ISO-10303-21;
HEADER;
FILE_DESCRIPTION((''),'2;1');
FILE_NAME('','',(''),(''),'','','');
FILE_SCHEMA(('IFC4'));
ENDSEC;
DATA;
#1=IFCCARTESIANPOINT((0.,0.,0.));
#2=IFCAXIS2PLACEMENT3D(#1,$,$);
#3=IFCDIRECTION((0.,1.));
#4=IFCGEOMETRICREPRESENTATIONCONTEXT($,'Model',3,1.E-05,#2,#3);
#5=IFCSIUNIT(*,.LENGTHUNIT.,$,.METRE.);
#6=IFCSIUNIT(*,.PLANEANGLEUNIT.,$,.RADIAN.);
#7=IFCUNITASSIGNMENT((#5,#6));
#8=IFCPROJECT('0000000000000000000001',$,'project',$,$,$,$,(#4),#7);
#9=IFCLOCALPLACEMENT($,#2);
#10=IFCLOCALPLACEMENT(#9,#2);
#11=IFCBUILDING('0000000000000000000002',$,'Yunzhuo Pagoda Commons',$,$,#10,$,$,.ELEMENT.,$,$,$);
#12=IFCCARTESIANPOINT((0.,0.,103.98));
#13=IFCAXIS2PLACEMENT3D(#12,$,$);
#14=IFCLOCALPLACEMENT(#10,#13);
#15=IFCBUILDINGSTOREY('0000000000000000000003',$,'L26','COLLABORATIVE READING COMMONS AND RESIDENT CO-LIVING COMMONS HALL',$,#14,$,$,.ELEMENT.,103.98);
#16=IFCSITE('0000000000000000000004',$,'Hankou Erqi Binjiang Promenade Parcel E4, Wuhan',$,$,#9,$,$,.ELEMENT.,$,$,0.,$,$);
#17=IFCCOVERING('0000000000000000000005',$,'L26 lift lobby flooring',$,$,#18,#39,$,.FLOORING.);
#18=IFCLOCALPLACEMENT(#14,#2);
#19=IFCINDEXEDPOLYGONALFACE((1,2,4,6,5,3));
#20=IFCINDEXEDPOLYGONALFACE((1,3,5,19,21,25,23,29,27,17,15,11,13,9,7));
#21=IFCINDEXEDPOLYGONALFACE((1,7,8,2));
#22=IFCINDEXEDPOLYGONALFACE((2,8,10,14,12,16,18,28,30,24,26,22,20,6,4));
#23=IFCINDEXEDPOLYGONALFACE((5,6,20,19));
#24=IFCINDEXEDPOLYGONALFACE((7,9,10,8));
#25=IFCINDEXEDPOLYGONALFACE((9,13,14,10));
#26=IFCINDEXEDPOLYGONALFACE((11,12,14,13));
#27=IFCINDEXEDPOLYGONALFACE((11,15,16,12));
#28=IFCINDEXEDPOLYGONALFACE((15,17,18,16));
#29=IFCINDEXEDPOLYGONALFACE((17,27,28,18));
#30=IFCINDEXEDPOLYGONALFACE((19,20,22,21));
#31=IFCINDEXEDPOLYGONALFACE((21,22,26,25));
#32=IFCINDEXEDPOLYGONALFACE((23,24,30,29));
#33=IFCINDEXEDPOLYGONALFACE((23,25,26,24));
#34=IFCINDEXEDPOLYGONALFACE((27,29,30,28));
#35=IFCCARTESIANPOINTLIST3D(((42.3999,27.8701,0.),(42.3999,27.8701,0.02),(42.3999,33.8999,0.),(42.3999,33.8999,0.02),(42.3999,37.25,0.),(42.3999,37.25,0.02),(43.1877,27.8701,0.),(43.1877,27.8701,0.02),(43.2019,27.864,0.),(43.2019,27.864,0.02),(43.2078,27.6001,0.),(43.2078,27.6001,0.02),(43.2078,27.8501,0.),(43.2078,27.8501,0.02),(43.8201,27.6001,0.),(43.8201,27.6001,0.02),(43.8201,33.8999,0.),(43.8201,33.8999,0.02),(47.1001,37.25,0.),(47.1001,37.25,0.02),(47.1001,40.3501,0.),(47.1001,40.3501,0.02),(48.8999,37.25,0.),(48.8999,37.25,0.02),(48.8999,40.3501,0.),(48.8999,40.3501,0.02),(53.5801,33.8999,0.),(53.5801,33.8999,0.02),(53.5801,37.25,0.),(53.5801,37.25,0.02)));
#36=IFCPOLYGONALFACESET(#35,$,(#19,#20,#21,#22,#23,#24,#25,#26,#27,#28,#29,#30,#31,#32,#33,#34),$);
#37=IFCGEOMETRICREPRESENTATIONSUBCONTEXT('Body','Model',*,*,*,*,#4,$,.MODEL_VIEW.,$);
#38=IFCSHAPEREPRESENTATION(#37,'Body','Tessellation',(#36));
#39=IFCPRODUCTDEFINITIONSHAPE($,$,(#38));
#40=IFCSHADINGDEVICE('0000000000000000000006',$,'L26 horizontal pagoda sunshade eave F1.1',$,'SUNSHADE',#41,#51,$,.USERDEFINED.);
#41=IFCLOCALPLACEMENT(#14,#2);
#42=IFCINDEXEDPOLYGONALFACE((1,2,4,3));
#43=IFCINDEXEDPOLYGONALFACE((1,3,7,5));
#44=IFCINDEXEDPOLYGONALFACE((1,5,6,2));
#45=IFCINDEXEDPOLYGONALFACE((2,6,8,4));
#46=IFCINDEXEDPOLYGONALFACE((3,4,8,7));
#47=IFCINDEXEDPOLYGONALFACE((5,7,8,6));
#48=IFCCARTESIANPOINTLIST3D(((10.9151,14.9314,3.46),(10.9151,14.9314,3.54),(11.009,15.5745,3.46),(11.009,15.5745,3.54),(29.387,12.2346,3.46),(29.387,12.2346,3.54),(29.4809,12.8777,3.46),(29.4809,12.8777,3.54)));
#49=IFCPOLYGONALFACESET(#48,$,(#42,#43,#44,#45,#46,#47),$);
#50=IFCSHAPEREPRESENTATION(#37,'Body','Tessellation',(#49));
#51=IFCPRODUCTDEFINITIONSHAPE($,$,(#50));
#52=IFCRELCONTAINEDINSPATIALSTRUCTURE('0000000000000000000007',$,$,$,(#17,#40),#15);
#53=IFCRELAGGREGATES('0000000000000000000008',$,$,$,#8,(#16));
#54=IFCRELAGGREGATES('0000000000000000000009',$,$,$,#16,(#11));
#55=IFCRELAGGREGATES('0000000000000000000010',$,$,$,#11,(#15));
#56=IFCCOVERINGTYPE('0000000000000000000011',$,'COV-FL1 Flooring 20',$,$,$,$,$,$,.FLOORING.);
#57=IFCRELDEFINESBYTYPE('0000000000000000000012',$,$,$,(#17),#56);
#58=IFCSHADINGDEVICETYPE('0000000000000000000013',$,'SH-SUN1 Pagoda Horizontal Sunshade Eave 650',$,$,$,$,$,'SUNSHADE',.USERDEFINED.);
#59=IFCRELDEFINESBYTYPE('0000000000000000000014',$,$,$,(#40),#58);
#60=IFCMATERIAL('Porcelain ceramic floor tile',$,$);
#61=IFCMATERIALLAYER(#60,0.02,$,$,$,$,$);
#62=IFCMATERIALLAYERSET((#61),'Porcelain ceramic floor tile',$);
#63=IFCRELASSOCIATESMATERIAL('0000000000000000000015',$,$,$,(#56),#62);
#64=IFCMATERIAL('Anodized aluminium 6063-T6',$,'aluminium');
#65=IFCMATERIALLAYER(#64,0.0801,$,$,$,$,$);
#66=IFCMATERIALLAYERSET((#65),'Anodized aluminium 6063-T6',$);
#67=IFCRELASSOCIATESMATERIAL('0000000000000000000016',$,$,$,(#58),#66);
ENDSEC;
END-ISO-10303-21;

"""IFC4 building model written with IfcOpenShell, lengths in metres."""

from ifc_helpers import new_model, si_unit, direction, frame, origin, origin_2d, place, context, subcontext, project, spatial, polyline, rectangle, outline, extrude, source, transform, mapped, material, layer, layer_set, type_object, element, save


model = new_model("IFC4")

# Units and contexts
model_context = context("Model", 3, precision=1e-05, world=origin(), true_north=direction((0.0, 1.0)))
body_context = subcontext(model_context, "Body", "Model", "MODEL_VIEW")
ifc_project = project(units=[si_unit("LENGTHUNIT", "METRE"), si_unit("PLANEANGLEUNIT", "RADIAN")], contexts=[model_context])

# Site, building, storey
site_placement = place(None, origin())
site = spatial("IfcSite", under=ifc_project, at=site_placement, Name="Hankou Erqi Binjiang Promenade Parcel E4, Wuhan", CompositionType="ELEMENT", RefElevation=0.0)
building_placement = place(site_placement, origin())
building = spatial("IfcBuilding", under=site, at=building_placement, Name="Yunzhuo Pagoda Commons", CompositionType="ELEMENT")
storey_placement = place(building_placement, frame((0.0, 0.0, 103.98)))
storey = spatial("IfcBuildingStorey", under=building, at=storey_placement, Name="L26", Description="COLLABORATIVE READING COMMONS AND RESIDENT CO-LIVING COMMONS HALL", CompositionType="ELEMENT", Elevation=103.98)

# Shared definitions
ifc_material_1 = material(Name="Anodized aluminium 6063-T6", Category="aluminium")

# Covering
ifc_material_2 = material(Name="Porcelain ceramic floor tile")
ifc_layer_1 = layer(ifc_material_2, 0.02)
ifc_layer_set_1 = layer_set([ifc_layer_1], Name="Porcelain ceramic floor tile")
covering_type_1 = type_object("IfcCoveringType", Name="COV-FL1 Flooring 20", PredefinedType="FLOORING", material=ifc_layer_set_1)
covering_1_placement = place(storey_placement, origin())
element("IfcCovering", 1, at=covering_1_placement, inside=storey, type_object=covering_type_1, Name="L26 lift lobby flooring", PredefinedType="FLOORING", context=body_context, shape_type="SweptSolid", body=[
    extrude(outline(polyline([(43.2078, 27.8501), (43.2019, 27.864), (43.1877, 27.8701), (42.3999, 27.8701), (42.3999, 33.8999), (42.3999, 37.25), (47.1001, 37.25), (47.1001, 40.3501), (48.8999, 40.3501), (48.8999, 37.25), (53.5801, 37.25), (53.5801, 33.8999), (43.8201, 33.8999), (43.8201, 27.6001), (43.2078, 27.6001), (43.2078, 27.8501)])), origin(), (0.0, 0.0, 1.0), 0.02),
])

# Shading device
ifc_layer_2 = layer(ifc_material_1, 0.0801)
ifc_layer_set_2 = layer_set([ifc_layer_2], Name="Anodized aluminium 6063-T6")
shading_device_type = type_object("IfcShadingDeviceType", Name="SH-SUN1 Pagoda Horizontal Sunshade Eave 650", ElementType="SUNSHADE", PredefinedType="USERDEFINED", material=ifc_layer_set_2)
shared_shape_1 = source(origin(), body_context, "Body", "SweptSolid", [
    extrude(rectangle(XDim=18.6677, YDim=0.6499, at=origin_2d()), origin(), (0.0, 0.0, 1.0), 0.0801),
])
shading_device_placement = place(storey_placement, frame((20.198, 13.9045, 3.46), z_axis=(0.0, 0.0, 1.0), x_axis=(0.989511, -0.14446, 0.0)))
element("IfcShadingDevice", 2, at=shading_device_placement, inside=storey, type_object=shading_device_type, Name="L26 horizontal pagoda sunshade eave F1.1", ObjectType="SUNSHADE", PredefinedType="USERDEFINED", context=body_context, shape_type="MappedRepresentation", body=[
    mapped(shared_shape_1, transform((0.0, 0.0, 0.0), scale=1.0)),
])

save(model, "model.ifc")
